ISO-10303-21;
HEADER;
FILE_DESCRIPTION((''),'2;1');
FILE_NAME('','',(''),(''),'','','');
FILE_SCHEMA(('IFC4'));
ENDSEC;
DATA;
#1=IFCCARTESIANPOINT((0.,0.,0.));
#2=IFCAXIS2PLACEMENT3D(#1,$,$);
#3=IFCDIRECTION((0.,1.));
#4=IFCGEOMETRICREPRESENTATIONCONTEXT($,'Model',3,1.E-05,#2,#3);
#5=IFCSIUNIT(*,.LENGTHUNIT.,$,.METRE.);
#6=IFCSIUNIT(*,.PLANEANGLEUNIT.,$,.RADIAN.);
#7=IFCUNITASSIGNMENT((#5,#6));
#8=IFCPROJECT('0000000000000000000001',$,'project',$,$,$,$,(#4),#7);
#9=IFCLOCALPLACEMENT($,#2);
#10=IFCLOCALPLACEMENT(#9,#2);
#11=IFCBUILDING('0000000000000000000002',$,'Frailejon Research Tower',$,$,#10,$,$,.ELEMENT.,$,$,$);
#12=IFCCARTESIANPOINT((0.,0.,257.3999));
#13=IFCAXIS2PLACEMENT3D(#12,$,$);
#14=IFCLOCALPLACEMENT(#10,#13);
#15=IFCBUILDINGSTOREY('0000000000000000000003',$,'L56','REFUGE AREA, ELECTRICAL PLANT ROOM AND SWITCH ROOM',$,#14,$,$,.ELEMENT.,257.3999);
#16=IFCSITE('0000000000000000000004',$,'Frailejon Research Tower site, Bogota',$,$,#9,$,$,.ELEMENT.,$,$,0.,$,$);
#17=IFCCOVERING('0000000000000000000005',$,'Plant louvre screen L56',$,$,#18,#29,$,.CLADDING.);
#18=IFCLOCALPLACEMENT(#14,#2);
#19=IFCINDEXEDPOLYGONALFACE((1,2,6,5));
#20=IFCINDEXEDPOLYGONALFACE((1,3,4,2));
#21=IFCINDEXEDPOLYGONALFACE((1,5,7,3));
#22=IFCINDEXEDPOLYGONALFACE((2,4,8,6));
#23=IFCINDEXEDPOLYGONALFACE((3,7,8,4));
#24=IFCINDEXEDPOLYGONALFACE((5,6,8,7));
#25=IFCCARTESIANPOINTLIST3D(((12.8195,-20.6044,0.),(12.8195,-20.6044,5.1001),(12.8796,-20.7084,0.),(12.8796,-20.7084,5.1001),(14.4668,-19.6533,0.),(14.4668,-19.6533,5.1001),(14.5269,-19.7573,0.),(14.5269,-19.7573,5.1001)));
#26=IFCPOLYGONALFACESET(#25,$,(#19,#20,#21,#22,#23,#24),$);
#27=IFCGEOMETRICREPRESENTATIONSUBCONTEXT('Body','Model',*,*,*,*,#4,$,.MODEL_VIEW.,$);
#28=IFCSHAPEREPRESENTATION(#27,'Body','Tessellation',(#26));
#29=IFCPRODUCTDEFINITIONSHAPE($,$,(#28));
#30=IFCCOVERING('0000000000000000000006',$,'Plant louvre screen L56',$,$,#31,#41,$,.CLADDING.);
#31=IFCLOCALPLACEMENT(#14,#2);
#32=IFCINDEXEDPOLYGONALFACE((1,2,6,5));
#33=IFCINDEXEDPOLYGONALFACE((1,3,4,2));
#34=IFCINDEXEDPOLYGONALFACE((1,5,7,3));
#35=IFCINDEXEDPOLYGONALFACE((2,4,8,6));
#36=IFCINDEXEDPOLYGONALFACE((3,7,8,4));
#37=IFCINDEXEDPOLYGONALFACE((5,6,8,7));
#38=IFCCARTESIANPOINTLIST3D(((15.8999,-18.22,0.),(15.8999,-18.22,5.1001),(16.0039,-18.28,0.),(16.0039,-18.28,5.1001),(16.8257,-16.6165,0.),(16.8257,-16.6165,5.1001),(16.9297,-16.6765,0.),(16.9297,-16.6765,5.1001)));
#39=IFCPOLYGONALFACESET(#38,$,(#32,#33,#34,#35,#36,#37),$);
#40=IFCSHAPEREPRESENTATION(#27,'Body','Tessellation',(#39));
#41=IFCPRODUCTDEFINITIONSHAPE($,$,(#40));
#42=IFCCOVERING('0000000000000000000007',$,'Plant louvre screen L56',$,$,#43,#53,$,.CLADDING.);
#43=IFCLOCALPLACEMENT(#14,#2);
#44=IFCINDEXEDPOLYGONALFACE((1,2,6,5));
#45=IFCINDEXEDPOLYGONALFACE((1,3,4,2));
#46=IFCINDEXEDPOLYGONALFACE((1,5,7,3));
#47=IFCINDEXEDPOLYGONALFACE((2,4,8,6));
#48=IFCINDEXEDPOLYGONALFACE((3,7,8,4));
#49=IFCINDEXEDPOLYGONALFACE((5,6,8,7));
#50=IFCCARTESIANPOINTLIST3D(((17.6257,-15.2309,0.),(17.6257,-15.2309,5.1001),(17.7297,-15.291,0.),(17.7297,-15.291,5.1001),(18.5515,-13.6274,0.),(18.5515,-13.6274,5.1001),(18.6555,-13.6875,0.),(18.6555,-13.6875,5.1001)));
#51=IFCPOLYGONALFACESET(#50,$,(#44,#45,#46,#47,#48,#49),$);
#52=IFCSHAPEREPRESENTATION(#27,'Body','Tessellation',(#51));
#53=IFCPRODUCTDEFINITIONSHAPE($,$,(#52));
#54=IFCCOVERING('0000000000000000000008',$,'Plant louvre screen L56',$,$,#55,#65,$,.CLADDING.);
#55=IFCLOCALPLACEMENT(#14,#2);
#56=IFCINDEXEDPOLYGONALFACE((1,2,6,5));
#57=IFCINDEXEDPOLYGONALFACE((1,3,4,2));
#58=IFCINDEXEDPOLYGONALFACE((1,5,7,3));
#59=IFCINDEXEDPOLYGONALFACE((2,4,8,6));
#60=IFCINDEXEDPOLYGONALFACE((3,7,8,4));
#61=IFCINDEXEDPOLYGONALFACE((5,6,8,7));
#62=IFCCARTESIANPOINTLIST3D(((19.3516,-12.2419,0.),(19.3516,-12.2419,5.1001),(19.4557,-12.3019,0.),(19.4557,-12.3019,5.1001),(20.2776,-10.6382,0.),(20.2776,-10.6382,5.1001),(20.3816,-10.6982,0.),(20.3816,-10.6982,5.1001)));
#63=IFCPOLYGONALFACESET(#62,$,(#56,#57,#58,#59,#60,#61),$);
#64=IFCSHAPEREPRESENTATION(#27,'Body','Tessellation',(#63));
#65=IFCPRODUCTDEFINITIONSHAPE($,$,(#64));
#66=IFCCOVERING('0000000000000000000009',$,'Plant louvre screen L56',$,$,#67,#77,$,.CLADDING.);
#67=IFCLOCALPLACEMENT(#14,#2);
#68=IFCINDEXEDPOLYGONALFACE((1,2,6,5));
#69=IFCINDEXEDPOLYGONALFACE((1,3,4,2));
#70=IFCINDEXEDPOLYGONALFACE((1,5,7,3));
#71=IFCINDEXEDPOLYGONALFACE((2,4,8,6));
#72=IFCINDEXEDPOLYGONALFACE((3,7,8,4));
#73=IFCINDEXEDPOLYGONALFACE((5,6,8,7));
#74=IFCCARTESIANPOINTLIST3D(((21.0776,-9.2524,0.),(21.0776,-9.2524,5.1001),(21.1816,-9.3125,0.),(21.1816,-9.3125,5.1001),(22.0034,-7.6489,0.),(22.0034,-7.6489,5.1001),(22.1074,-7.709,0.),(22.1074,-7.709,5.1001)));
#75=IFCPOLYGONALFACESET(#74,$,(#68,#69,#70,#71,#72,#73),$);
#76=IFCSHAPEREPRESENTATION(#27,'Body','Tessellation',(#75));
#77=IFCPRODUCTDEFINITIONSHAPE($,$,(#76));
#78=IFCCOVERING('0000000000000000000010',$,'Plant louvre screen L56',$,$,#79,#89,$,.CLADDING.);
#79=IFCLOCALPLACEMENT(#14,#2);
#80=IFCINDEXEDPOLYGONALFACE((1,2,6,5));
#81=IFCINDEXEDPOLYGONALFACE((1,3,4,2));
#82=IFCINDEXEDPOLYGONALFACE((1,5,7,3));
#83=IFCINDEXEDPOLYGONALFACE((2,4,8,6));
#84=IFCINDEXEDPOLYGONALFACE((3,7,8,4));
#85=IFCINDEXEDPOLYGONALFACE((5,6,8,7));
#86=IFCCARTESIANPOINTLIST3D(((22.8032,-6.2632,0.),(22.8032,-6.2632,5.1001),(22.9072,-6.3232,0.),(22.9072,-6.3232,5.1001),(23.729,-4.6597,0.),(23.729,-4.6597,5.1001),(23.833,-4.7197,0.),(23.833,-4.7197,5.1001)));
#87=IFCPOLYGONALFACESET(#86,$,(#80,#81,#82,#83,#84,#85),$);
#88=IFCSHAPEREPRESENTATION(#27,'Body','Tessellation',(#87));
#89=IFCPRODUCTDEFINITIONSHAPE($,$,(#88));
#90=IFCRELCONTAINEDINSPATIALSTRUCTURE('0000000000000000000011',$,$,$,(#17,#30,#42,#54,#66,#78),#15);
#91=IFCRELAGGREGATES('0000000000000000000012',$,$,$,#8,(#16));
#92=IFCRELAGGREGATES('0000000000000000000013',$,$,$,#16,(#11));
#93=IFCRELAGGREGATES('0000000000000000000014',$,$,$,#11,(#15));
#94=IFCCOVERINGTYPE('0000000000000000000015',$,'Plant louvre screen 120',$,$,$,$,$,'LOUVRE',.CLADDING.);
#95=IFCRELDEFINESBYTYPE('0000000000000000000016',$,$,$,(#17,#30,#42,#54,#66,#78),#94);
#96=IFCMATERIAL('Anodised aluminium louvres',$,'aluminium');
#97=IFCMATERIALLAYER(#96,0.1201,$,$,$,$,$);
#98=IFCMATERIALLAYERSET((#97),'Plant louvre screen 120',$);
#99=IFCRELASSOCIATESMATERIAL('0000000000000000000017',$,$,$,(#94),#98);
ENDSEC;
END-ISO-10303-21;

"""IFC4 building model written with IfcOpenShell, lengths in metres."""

from ifc_helpers import new_model, si_unit, direction, frame, origin, place, context, subcontext, project, spatial, polyline, outline, extrude, material, layer, layer_set, type_object, element, save


model = new_model("IFC4")

# Units and contexts
model_context = context("Model", 3, precision=1e-05, world=origin(), true_north=direction((0.0, 1.0)))
body_context = subcontext(model_context, "Body", "Model", "MODEL_VIEW")
ifc_project = project(units=[si_unit("LENGTHUNIT", "METRE"), si_unit("PLANEANGLEUNIT", "RADIAN")], contexts=[model_context])

# Site, building, storey
site_placement = place(None, origin())
site = spatial("IfcSite", under=ifc_project, at=site_placement, Name="Frailejon Research Tower site, Bogota", CompositionType="ELEMENT", RefElevation=0.0)
building_placement = place(site_placement, origin())
building = spatial("IfcBuilding", under=site, at=building_placement, Name="Frailejon Research Tower", CompositionType="ELEMENT")
storey_placement = place(building_placement, frame((0.0, 0.0, 257.3999)))
storey = spatial("IfcBuildingStorey", under=building, at=storey_placement, Name="L56", Description="REFUGE AREA, ELECTRICAL PLANT ROOM AND SWITCH ROOM", CompositionType="ELEMENT", Elevation=257.3999)

# Coverings
ifc_material_1 = material(Name="Anodised aluminium louvres", Category="aluminium")
ifc_layer_1 = layer(ifc_material_1, 0.1201)
ifc_layer_set_1 = layer_set([ifc_layer_1], Name="Plant louvre screen 120")
covering_type = type_object("IfcCoveringType", Name="Plant louvre screen 120", ElementType="LOUVRE", PredefinedType="CLADDING", material=ifc_layer_set_1)
for number, where, z_axis, x_axis, name in (
    (1, (14.5269, -19.7573, 0.0), (-0.866024, -0.500003, 0.0), (0.500003, -0.866024, 0.0), "Plant louvre screen L56"),
):
    element("IfcCovering", number, at=place(storey_placement, frame(where, z_axis=z_axis, x_axis=x_axis)), inside=storey, type_object=covering_type, Name=name, PredefinedType="CLADDING", context=body_context, shape_type="SweptSolid", body=[
        extrude(outline(polyline([(-0.1201, 0.0), (0.0, 0.0), (0.0, 5.1001), (-0.1201, 5.1001), (-0.1201, 0.0)])), origin(), (0.0, 0.0, 1.0), 1.9021),
    ])
for number, where, z_axis, x_axis, name in (
    (2, (16.9297, -16.6765, 0.0), (-0.499997, -0.866027, 0.0), (0.866027, -0.499997, 0.0), "Plant louvre screen L56"),
    (3, (18.6555, -13.6875, 0.0), (-0.499997, -0.866027, 0.0), (0.866027, -0.499997, 0.0), "Plant louvre screen L56"),
):
    element("IfcCovering", number, at=place(storey_placement, frame(where, z_axis=z_axis, x_axis=x_axis)), inside=storey, type_object=covering_type, Name=name, PredefinedType="CLADDING", context=body_context, shape_type="SweptSolid", body=[
        extrude(outline(polyline([(-0.1201, 0.0), (0.0, 0.0), (0.0, 5.1001), (-0.1201, 5.1001), (-0.1201, 0.0)])), origin(), (0.0, 0.0, 1.0), 1.8516),
    ])
covering_placement = place(storey_placement, frame((20.3816, -10.6982, 0.0), z_axis=(-0.500018, -0.866015, 0.0), x_axis=(0.866015, -0.500018, 0.0)))
element("IfcCovering", 4, at=covering_placement, inside=storey, type_object=covering_type, Name="Plant louvre screen L56", PredefinedType="CLADDING", context=body_context, shape_type="SweptSolid", body=[
    extrude(outline(polyline([(-0.1201, 0.0), (0.0, 0.0), (0.0, 5.1001), (-0.1201, 5.1001), (-0.1201, 0.0)])), origin(), (0.0, 0.0, 1.0), 1.8518),
])
for number, where, z_axis, x_axis, name in (
    (5, (22.1074, -7.709, 0.0), (-0.499997, -0.866027, 0.0), (0.866027, -0.499997, 0.0), "Plant louvre screen L56"),
    (6, (23.833, -4.7197, 0.0), (-0.499997, -0.866027, 0.0), (0.866027, -0.499997, 0.0), "Plant louvre screen L56"),
):
    element("IfcCovering", number, at=place(storey_placement, frame(where, z_axis=z_axis, x_axis=x_axis)), inside=storey, type_object=covering_type, Name=name, PredefinedType="CLADDING", context=body_context, shape_type="SweptSolid", body=[
        extrude(outline(polyline([(-0.1201, 0.0), (0.0, 0.0), (0.0, 5.1001), (-0.1201, 5.1001), (-0.1201, 0.0)])), origin(), (0.0, 0.0, 1.0), 1.8516),
    ])

save(model, "model.ifc")
